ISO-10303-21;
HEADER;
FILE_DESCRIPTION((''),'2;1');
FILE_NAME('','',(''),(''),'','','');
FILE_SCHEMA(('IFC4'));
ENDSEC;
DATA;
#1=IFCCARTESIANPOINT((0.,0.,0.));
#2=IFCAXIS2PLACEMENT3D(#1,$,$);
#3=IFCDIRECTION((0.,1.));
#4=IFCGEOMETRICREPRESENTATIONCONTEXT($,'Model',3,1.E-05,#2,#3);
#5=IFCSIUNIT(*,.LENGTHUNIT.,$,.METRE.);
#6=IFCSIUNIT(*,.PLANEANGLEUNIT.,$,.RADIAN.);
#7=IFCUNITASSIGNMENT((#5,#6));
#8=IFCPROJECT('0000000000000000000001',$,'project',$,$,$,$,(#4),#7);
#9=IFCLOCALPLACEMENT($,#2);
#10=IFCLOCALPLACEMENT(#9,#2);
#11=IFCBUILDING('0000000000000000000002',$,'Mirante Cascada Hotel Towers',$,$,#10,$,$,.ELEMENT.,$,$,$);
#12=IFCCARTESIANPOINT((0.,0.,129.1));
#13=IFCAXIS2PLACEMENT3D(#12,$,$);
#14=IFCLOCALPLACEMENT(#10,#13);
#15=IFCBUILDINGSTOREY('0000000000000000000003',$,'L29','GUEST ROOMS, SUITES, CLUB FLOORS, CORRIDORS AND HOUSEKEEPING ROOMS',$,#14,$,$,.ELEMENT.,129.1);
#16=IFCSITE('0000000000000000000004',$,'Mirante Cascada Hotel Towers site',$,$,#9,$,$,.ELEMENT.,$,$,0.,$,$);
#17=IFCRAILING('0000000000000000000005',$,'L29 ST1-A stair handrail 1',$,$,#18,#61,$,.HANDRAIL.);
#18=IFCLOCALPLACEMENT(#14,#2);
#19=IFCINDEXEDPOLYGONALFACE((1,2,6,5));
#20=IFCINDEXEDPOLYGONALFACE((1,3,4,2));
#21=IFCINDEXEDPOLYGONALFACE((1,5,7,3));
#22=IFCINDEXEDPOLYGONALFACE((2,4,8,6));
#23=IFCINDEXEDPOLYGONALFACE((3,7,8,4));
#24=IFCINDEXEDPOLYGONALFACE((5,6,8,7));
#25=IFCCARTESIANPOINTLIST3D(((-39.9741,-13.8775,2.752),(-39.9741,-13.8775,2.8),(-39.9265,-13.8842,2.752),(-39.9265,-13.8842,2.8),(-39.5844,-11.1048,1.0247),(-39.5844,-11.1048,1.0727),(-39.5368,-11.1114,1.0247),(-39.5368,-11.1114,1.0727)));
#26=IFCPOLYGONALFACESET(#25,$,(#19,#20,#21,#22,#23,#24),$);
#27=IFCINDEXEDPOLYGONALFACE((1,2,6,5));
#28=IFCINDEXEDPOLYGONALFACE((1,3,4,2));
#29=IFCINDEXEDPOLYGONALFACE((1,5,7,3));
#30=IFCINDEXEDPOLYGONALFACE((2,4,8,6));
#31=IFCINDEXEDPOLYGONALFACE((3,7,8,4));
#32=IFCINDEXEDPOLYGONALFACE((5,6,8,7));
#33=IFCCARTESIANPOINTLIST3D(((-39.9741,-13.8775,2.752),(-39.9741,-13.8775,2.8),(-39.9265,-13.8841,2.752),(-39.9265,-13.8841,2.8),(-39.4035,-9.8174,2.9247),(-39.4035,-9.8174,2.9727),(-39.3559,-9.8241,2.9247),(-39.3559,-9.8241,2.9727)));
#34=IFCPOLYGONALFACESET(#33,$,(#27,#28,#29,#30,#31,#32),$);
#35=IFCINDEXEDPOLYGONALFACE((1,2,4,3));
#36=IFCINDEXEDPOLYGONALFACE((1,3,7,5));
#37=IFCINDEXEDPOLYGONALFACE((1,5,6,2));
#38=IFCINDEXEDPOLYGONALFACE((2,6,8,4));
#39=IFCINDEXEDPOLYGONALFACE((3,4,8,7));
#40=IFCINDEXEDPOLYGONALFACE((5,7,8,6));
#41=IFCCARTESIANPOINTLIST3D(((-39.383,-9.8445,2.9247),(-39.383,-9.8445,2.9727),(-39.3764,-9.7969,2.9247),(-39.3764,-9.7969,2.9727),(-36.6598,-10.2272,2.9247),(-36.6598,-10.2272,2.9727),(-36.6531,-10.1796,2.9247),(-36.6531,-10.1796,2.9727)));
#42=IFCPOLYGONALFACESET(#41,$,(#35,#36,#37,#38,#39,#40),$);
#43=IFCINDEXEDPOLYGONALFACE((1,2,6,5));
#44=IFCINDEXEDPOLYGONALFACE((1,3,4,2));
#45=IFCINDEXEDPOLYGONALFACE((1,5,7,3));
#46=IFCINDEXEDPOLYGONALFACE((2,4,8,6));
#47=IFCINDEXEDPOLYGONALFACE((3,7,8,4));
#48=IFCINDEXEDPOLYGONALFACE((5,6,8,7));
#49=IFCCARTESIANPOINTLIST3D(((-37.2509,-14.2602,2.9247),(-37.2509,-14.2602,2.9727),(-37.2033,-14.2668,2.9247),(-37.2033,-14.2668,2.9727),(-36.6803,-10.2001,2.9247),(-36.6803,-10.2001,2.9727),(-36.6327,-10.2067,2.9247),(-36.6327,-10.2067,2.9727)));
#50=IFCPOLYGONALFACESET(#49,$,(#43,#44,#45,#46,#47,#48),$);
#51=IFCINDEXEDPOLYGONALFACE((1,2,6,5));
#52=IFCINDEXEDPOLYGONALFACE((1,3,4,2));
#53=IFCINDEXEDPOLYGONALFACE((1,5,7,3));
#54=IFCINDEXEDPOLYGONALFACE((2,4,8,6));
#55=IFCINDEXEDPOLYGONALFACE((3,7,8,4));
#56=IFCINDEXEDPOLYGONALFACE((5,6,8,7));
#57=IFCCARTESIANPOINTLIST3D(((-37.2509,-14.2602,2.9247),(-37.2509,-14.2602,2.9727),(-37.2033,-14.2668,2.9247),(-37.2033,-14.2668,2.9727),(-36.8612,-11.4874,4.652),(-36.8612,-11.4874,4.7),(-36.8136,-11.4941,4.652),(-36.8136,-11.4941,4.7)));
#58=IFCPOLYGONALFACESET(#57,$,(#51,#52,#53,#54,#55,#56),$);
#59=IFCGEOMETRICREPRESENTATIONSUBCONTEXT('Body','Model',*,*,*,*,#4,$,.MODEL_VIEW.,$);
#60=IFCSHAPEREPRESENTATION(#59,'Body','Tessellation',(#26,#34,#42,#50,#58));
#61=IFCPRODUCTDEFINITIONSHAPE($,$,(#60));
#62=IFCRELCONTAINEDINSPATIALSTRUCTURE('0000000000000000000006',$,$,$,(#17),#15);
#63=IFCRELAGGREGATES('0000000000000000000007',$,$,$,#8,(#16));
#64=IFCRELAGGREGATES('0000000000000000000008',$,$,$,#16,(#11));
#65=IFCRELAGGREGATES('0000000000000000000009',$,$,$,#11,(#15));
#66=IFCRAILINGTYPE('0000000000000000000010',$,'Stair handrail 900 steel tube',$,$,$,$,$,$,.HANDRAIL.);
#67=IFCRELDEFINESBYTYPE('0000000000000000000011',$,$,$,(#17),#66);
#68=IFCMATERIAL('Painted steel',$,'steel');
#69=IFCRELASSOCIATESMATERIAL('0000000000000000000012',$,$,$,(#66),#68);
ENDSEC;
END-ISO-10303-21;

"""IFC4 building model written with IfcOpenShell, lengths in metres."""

from ifc_helpers import new_model, si_unit, direction, frame, origin, origin_2d, place, context, subcontext, project, spatial, rectangle, extrude, material, type_object, element, save


model = new_model("IFC4")

# Units and contexts
model_context = context("Model", 3, precision=1e-05, world=origin(), true_north=direction((0.0, 1.0)))
body_context = subcontext(model_context, "Body", "Model", "MODEL_VIEW")
ifc_project = project(units=[si_unit("LENGTHUNIT", "METRE"), si_unit("PLANEANGLEUNIT", "RADIAN")], contexts=[model_context])

# Site, building, storey
site_placement = place(None, origin())
site = spatial("IfcSite", under=ifc_project, at=site_placement, Name="Mirante Cascada Hotel Towers site", CompositionType="ELEMENT", RefElevation=0.0)
building_placement = place(site_placement, origin())
building = spatial("IfcBuilding", under=site, at=building_placement, Name="Mirante Cascada Hotel Towers", CompositionType="ELEMENT")
storey_placement = place(building_placement, frame((0.0, 0.0, 129.1)))
storey = spatial("IfcBuildingStorey", under=building, at=storey_placement, Name="L29", Description="GUEST ROOMS, SUITES, CLUB FLOORS, CORRIDORS AND HOUSEKEEPING ROOMS", CompositionType="ELEMENT", Elevation=129.1)

# Railing
ifc_material_1 = material(Name="Painted steel", Category="steel")
railing_type_1 = type_object("IfcRailingType", Name="Stair handrail 900 steel tube", PredefinedType="HANDRAIL", material=ifc_material_1)
railing_1_placement = place(storey_placement, frame((-39.5606, -11.1081, 0.1727)))
element("IfcRailing", 1, at=railing_1_placement, inside=storey, type_object=railing_type_1, Name="L29 ST1-A stair handrail 1", PredefinedType="HANDRAIL", context=body_context, shape_type="SweptSolid", body=[
    extrude(rectangle(XDim=0.048, YDim=0.048, at=origin_2d()), frame((0.0, 0.0, 0.876), z_axis=(-0.139181, -0.990267, 0.0), x_axis=(0.990267, -0.139181, 0.0)), (0.0, 0.525035, 0.851081), 3.2899),
    extrude(rectangle(XDim=0.048, YDim=0.048, at=origin_2d()), frame((-0.3897, -2.7727, 2.6033), z_axis=(0.139171, 0.990268, 0.0), x_axis=(-0.990268, 0.139171, 0.0)), (0.0, 0.042085, 0.999114), 4.1036),
    extrude(rectangle(XDim=0.048, YDim=0.048, at=origin_2d()), frame((0.1809, 1.2874, 2.776), z_axis=(0.990269, -0.139166, 0.0), x_axis=(0.139166, 0.990269, 0.0)), (0.0, 0.0, 1.0), 2.75),
    extrude(rectangle(XDim=0.048, YDim=0.048, at=origin_2d()), frame((2.9041, 0.9047, 2.776), z_axis=(-0.139171, -0.990268, 0.0), x_axis=(0.990268, -0.139171, 0.0)), (0.0, 0.0, 1.0), 4.1),
    extrude(rectangle(XDim=0.048, YDim=0.048, at=origin_2d()), frame((2.3335, -3.1554, 2.776), z_axis=(0.139181, 0.990267, 0.0), x_axis=(-0.990267, 0.139181, 0.0)), (0.0, 0.525035, 0.851081), 3.2899),
])

save(model, "model.ifc")
